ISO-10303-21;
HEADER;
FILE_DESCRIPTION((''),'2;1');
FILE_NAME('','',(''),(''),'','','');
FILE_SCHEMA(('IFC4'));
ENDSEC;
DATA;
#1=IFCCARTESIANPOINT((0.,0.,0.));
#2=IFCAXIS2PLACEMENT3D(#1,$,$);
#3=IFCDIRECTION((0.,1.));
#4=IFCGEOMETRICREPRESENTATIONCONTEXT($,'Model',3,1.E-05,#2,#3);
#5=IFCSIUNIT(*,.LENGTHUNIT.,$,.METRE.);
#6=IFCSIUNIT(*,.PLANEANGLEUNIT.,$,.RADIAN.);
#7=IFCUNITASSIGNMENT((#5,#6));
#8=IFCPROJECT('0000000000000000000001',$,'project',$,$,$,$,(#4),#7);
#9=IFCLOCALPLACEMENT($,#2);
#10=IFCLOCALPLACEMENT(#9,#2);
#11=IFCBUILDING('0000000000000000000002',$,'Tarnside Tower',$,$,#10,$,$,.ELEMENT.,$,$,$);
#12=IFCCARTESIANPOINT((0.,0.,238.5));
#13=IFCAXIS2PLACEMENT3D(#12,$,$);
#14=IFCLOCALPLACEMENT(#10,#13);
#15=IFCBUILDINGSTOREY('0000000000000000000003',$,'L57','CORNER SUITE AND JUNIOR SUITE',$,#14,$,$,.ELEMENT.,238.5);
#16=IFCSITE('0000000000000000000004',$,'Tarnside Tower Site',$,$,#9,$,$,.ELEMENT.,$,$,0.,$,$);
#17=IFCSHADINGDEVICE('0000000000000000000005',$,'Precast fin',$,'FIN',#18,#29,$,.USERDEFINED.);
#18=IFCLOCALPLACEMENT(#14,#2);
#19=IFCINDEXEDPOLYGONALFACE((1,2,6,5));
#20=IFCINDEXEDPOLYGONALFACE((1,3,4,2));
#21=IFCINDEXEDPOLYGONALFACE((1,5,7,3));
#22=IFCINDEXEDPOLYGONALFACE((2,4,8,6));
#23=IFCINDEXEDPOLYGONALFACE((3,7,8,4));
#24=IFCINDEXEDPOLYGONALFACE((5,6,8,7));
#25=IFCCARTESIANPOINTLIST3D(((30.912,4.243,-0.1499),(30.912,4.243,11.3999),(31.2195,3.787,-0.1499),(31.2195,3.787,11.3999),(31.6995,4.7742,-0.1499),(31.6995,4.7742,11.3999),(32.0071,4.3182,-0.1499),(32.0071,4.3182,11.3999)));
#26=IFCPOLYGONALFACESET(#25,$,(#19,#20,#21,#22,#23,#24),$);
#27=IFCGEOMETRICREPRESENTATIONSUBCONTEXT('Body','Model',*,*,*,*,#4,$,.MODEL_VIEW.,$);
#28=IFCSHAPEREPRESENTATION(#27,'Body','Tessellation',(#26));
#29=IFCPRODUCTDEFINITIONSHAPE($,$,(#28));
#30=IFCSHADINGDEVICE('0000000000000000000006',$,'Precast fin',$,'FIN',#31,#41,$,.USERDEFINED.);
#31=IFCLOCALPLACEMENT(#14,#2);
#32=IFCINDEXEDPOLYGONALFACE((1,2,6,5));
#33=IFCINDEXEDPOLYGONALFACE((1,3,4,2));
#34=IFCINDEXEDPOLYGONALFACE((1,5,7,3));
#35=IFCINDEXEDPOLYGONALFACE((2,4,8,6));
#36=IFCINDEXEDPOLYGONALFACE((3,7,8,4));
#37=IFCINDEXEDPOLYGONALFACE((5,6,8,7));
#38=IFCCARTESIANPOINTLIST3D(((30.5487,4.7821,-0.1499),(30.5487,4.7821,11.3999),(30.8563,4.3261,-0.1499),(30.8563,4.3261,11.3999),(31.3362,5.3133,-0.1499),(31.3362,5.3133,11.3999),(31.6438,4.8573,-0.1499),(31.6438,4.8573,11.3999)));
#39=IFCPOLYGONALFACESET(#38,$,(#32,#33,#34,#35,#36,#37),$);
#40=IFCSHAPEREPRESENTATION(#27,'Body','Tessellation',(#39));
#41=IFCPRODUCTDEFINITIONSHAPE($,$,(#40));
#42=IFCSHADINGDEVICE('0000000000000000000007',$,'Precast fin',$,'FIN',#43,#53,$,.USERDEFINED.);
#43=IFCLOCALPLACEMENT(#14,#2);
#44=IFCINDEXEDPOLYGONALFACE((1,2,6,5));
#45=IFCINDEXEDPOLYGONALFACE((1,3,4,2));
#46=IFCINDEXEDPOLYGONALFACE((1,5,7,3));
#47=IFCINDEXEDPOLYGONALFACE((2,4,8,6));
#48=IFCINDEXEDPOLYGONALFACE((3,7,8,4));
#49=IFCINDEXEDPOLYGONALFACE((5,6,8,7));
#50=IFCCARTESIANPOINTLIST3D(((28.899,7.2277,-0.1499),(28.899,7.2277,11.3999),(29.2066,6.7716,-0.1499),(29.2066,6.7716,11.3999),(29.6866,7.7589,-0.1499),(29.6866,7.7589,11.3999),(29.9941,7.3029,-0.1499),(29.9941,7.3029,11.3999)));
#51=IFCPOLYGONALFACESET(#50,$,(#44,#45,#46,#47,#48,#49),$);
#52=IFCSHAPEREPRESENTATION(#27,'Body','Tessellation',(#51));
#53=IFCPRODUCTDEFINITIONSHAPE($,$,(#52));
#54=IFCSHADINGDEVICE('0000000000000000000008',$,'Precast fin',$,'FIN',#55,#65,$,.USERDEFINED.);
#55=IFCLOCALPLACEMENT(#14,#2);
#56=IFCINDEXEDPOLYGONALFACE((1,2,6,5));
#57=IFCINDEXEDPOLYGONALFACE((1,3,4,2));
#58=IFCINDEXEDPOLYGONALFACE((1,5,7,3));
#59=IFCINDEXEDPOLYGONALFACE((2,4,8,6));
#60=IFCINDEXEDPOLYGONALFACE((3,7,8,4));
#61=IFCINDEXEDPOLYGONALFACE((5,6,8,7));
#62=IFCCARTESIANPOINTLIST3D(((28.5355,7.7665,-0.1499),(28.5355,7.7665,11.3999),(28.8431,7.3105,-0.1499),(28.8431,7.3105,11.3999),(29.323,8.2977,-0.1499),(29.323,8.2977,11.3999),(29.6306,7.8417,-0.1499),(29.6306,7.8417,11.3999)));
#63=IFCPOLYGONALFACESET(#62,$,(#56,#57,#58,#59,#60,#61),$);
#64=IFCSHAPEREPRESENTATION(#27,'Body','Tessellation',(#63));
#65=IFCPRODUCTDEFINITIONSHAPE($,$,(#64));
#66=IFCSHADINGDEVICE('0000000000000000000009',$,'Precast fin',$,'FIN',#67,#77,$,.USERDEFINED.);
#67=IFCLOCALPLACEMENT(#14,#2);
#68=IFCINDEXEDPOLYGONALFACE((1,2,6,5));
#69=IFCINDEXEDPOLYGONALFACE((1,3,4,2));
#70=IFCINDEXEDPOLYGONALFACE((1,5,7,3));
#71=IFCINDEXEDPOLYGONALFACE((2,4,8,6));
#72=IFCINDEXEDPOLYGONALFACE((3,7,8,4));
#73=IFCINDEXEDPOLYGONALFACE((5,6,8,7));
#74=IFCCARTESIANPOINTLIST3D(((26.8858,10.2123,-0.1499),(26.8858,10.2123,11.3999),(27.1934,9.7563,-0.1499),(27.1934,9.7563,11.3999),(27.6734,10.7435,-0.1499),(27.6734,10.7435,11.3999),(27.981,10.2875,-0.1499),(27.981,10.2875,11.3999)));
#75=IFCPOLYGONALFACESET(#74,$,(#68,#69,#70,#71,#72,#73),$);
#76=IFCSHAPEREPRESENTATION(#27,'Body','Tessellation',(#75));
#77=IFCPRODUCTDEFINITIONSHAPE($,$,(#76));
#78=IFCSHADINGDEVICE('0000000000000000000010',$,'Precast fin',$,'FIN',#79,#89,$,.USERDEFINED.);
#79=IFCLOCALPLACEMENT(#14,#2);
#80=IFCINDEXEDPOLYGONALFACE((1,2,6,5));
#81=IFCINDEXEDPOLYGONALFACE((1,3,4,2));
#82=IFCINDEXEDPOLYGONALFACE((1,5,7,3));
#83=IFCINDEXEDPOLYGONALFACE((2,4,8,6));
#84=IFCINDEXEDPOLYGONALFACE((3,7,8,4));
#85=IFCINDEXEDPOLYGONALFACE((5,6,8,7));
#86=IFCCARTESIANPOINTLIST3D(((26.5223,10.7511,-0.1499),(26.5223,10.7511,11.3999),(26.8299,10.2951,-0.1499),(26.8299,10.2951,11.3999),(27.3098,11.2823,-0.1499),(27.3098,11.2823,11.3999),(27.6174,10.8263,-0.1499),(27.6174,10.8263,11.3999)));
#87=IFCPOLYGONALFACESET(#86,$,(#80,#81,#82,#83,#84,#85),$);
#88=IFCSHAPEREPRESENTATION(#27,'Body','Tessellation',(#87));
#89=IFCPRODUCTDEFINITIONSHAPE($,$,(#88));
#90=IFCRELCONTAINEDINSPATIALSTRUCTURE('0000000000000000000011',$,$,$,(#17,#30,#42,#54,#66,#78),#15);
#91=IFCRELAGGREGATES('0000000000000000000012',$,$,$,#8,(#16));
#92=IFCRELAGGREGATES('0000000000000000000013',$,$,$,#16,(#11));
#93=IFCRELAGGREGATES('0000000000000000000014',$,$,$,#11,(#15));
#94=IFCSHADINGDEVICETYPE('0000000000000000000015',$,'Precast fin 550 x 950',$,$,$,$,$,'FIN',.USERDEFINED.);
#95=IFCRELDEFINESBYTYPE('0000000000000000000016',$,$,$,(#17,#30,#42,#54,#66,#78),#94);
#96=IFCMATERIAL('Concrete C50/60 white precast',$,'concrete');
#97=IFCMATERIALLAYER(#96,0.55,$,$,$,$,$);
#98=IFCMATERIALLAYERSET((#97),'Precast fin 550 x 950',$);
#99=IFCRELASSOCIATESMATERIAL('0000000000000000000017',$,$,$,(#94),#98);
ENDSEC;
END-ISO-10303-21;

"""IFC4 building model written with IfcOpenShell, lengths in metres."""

from ifc_helpers import new_model, si_unit, direction, frame, origin, place, context, subcontext, project, spatial, polyline, outline, extrude, material, layer, layer_set, type_object, element, save


model = new_model("IFC4")

# Units and contexts
model_context = context("Model", 3, precision=1e-05, world=origin(), true_north=direction((0.0, 1.0)))
body_context = subcontext(model_context, "Body", "Model", "MODEL_VIEW")
ifc_project = project(units=[si_unit("LENGTHUNIT", "METRE"), si_unit("PLANEANGLEUNIT", "RADIAN")], contexts=[model_context])

# Site, building, storey
site_placement = place(None, origin())
site = spatial("IfcSite", under=ifc_project, at=site_placement, Name="Tarnside Tower Site", CompositionType="ELEMENT", RefElevation=0.0)
building_placement = place(site_placement, origin())
building = spatial("IfcBuilding", under=site, at=building_placement, Name="Tarnside Tower", CompositionType="ELEMENT")
storey_placement = place(building_placement, frame((0.0, 0.0, 238.5)))
storey = spatial("IfcBuildingStorey", under=building, at=storey_placement, Name="L57", Description="CORNER SUITE AND JUNIOR SUITE", CompositionType="ELEMENT", Elevation=238.5)

# Shading devices
ifc_material_1 = material(Name="Concrete C50/60 white precast", Category="concrete")
ifc_layer_1 = layer(ifc_material_1, 0.55)
ifc_layer_set_1 = layer_set([ifc_layer_1], Name="Precast fin 550 x 950")
shading_device_type_1 = type_object("IfcShadingDeviceType", Name="Precast fin 550 x 950", ElementType="FIN", PredefinedType="USERDEFINED", material=ifc_layer_set_1)
for number, where, z_axis, x_axis, name in (
    (1, (31.0657, 4.0151, -0.1499), (0.559193, -0.829038, 0.0), (0.829038, 0.559193, 0.0), "Precast fin"),
    (2, (30.7024, 4.5542, -0.1499), (0.559193, -0.829038, 0.0), (0.829038, 0.559193, 0.0), "Precast fin"),
    (3, (29.0527, 6.9998, -0.1499), (0.559193, -0.829038, 0.0), (0.829038, 0.559193, 0.0), "Precast fin"),
    (4, (28.6892, 7.5386, -0.1499), (0.559193, -0.829038, 0.0), (0.829038, 0.559193, 0.0), "Precast fin"),
    (5, (27.0396, 9.9844, -0.1499), (0.559193, -0.829038, 0.0), (0.829038, 0.559193, 0.0), "Precast fin"),
    (6, (26.676, 10.5232, -0.1499), (0.559193, -0.829038, 0.0), (0.829038, 0.559193, 0.0), "Precast fin"),
):
    element("IfcShadingDevice", number, at=place(storey_placement, frame(where, z_axis=z_axis, x_axis=x_axis)), inside=storey, type_object=shading_device_type_1, Name=name, ObjectType="FIN", PredefinedType="USERDEFINED", context=body_context, shape_type="SweptSolid", body=[
        extrude(outline(polyline([(0.0, 0.0), (0.95, 0.0), (0.95, 11.5498), (0.0, 11.5498), (0.0, 0.0)])), frame((0.0, 0.0, -0.2749)), (0.0, 0.0, 1.0), 0.55),
    ])

save(model, "model.ifc")
